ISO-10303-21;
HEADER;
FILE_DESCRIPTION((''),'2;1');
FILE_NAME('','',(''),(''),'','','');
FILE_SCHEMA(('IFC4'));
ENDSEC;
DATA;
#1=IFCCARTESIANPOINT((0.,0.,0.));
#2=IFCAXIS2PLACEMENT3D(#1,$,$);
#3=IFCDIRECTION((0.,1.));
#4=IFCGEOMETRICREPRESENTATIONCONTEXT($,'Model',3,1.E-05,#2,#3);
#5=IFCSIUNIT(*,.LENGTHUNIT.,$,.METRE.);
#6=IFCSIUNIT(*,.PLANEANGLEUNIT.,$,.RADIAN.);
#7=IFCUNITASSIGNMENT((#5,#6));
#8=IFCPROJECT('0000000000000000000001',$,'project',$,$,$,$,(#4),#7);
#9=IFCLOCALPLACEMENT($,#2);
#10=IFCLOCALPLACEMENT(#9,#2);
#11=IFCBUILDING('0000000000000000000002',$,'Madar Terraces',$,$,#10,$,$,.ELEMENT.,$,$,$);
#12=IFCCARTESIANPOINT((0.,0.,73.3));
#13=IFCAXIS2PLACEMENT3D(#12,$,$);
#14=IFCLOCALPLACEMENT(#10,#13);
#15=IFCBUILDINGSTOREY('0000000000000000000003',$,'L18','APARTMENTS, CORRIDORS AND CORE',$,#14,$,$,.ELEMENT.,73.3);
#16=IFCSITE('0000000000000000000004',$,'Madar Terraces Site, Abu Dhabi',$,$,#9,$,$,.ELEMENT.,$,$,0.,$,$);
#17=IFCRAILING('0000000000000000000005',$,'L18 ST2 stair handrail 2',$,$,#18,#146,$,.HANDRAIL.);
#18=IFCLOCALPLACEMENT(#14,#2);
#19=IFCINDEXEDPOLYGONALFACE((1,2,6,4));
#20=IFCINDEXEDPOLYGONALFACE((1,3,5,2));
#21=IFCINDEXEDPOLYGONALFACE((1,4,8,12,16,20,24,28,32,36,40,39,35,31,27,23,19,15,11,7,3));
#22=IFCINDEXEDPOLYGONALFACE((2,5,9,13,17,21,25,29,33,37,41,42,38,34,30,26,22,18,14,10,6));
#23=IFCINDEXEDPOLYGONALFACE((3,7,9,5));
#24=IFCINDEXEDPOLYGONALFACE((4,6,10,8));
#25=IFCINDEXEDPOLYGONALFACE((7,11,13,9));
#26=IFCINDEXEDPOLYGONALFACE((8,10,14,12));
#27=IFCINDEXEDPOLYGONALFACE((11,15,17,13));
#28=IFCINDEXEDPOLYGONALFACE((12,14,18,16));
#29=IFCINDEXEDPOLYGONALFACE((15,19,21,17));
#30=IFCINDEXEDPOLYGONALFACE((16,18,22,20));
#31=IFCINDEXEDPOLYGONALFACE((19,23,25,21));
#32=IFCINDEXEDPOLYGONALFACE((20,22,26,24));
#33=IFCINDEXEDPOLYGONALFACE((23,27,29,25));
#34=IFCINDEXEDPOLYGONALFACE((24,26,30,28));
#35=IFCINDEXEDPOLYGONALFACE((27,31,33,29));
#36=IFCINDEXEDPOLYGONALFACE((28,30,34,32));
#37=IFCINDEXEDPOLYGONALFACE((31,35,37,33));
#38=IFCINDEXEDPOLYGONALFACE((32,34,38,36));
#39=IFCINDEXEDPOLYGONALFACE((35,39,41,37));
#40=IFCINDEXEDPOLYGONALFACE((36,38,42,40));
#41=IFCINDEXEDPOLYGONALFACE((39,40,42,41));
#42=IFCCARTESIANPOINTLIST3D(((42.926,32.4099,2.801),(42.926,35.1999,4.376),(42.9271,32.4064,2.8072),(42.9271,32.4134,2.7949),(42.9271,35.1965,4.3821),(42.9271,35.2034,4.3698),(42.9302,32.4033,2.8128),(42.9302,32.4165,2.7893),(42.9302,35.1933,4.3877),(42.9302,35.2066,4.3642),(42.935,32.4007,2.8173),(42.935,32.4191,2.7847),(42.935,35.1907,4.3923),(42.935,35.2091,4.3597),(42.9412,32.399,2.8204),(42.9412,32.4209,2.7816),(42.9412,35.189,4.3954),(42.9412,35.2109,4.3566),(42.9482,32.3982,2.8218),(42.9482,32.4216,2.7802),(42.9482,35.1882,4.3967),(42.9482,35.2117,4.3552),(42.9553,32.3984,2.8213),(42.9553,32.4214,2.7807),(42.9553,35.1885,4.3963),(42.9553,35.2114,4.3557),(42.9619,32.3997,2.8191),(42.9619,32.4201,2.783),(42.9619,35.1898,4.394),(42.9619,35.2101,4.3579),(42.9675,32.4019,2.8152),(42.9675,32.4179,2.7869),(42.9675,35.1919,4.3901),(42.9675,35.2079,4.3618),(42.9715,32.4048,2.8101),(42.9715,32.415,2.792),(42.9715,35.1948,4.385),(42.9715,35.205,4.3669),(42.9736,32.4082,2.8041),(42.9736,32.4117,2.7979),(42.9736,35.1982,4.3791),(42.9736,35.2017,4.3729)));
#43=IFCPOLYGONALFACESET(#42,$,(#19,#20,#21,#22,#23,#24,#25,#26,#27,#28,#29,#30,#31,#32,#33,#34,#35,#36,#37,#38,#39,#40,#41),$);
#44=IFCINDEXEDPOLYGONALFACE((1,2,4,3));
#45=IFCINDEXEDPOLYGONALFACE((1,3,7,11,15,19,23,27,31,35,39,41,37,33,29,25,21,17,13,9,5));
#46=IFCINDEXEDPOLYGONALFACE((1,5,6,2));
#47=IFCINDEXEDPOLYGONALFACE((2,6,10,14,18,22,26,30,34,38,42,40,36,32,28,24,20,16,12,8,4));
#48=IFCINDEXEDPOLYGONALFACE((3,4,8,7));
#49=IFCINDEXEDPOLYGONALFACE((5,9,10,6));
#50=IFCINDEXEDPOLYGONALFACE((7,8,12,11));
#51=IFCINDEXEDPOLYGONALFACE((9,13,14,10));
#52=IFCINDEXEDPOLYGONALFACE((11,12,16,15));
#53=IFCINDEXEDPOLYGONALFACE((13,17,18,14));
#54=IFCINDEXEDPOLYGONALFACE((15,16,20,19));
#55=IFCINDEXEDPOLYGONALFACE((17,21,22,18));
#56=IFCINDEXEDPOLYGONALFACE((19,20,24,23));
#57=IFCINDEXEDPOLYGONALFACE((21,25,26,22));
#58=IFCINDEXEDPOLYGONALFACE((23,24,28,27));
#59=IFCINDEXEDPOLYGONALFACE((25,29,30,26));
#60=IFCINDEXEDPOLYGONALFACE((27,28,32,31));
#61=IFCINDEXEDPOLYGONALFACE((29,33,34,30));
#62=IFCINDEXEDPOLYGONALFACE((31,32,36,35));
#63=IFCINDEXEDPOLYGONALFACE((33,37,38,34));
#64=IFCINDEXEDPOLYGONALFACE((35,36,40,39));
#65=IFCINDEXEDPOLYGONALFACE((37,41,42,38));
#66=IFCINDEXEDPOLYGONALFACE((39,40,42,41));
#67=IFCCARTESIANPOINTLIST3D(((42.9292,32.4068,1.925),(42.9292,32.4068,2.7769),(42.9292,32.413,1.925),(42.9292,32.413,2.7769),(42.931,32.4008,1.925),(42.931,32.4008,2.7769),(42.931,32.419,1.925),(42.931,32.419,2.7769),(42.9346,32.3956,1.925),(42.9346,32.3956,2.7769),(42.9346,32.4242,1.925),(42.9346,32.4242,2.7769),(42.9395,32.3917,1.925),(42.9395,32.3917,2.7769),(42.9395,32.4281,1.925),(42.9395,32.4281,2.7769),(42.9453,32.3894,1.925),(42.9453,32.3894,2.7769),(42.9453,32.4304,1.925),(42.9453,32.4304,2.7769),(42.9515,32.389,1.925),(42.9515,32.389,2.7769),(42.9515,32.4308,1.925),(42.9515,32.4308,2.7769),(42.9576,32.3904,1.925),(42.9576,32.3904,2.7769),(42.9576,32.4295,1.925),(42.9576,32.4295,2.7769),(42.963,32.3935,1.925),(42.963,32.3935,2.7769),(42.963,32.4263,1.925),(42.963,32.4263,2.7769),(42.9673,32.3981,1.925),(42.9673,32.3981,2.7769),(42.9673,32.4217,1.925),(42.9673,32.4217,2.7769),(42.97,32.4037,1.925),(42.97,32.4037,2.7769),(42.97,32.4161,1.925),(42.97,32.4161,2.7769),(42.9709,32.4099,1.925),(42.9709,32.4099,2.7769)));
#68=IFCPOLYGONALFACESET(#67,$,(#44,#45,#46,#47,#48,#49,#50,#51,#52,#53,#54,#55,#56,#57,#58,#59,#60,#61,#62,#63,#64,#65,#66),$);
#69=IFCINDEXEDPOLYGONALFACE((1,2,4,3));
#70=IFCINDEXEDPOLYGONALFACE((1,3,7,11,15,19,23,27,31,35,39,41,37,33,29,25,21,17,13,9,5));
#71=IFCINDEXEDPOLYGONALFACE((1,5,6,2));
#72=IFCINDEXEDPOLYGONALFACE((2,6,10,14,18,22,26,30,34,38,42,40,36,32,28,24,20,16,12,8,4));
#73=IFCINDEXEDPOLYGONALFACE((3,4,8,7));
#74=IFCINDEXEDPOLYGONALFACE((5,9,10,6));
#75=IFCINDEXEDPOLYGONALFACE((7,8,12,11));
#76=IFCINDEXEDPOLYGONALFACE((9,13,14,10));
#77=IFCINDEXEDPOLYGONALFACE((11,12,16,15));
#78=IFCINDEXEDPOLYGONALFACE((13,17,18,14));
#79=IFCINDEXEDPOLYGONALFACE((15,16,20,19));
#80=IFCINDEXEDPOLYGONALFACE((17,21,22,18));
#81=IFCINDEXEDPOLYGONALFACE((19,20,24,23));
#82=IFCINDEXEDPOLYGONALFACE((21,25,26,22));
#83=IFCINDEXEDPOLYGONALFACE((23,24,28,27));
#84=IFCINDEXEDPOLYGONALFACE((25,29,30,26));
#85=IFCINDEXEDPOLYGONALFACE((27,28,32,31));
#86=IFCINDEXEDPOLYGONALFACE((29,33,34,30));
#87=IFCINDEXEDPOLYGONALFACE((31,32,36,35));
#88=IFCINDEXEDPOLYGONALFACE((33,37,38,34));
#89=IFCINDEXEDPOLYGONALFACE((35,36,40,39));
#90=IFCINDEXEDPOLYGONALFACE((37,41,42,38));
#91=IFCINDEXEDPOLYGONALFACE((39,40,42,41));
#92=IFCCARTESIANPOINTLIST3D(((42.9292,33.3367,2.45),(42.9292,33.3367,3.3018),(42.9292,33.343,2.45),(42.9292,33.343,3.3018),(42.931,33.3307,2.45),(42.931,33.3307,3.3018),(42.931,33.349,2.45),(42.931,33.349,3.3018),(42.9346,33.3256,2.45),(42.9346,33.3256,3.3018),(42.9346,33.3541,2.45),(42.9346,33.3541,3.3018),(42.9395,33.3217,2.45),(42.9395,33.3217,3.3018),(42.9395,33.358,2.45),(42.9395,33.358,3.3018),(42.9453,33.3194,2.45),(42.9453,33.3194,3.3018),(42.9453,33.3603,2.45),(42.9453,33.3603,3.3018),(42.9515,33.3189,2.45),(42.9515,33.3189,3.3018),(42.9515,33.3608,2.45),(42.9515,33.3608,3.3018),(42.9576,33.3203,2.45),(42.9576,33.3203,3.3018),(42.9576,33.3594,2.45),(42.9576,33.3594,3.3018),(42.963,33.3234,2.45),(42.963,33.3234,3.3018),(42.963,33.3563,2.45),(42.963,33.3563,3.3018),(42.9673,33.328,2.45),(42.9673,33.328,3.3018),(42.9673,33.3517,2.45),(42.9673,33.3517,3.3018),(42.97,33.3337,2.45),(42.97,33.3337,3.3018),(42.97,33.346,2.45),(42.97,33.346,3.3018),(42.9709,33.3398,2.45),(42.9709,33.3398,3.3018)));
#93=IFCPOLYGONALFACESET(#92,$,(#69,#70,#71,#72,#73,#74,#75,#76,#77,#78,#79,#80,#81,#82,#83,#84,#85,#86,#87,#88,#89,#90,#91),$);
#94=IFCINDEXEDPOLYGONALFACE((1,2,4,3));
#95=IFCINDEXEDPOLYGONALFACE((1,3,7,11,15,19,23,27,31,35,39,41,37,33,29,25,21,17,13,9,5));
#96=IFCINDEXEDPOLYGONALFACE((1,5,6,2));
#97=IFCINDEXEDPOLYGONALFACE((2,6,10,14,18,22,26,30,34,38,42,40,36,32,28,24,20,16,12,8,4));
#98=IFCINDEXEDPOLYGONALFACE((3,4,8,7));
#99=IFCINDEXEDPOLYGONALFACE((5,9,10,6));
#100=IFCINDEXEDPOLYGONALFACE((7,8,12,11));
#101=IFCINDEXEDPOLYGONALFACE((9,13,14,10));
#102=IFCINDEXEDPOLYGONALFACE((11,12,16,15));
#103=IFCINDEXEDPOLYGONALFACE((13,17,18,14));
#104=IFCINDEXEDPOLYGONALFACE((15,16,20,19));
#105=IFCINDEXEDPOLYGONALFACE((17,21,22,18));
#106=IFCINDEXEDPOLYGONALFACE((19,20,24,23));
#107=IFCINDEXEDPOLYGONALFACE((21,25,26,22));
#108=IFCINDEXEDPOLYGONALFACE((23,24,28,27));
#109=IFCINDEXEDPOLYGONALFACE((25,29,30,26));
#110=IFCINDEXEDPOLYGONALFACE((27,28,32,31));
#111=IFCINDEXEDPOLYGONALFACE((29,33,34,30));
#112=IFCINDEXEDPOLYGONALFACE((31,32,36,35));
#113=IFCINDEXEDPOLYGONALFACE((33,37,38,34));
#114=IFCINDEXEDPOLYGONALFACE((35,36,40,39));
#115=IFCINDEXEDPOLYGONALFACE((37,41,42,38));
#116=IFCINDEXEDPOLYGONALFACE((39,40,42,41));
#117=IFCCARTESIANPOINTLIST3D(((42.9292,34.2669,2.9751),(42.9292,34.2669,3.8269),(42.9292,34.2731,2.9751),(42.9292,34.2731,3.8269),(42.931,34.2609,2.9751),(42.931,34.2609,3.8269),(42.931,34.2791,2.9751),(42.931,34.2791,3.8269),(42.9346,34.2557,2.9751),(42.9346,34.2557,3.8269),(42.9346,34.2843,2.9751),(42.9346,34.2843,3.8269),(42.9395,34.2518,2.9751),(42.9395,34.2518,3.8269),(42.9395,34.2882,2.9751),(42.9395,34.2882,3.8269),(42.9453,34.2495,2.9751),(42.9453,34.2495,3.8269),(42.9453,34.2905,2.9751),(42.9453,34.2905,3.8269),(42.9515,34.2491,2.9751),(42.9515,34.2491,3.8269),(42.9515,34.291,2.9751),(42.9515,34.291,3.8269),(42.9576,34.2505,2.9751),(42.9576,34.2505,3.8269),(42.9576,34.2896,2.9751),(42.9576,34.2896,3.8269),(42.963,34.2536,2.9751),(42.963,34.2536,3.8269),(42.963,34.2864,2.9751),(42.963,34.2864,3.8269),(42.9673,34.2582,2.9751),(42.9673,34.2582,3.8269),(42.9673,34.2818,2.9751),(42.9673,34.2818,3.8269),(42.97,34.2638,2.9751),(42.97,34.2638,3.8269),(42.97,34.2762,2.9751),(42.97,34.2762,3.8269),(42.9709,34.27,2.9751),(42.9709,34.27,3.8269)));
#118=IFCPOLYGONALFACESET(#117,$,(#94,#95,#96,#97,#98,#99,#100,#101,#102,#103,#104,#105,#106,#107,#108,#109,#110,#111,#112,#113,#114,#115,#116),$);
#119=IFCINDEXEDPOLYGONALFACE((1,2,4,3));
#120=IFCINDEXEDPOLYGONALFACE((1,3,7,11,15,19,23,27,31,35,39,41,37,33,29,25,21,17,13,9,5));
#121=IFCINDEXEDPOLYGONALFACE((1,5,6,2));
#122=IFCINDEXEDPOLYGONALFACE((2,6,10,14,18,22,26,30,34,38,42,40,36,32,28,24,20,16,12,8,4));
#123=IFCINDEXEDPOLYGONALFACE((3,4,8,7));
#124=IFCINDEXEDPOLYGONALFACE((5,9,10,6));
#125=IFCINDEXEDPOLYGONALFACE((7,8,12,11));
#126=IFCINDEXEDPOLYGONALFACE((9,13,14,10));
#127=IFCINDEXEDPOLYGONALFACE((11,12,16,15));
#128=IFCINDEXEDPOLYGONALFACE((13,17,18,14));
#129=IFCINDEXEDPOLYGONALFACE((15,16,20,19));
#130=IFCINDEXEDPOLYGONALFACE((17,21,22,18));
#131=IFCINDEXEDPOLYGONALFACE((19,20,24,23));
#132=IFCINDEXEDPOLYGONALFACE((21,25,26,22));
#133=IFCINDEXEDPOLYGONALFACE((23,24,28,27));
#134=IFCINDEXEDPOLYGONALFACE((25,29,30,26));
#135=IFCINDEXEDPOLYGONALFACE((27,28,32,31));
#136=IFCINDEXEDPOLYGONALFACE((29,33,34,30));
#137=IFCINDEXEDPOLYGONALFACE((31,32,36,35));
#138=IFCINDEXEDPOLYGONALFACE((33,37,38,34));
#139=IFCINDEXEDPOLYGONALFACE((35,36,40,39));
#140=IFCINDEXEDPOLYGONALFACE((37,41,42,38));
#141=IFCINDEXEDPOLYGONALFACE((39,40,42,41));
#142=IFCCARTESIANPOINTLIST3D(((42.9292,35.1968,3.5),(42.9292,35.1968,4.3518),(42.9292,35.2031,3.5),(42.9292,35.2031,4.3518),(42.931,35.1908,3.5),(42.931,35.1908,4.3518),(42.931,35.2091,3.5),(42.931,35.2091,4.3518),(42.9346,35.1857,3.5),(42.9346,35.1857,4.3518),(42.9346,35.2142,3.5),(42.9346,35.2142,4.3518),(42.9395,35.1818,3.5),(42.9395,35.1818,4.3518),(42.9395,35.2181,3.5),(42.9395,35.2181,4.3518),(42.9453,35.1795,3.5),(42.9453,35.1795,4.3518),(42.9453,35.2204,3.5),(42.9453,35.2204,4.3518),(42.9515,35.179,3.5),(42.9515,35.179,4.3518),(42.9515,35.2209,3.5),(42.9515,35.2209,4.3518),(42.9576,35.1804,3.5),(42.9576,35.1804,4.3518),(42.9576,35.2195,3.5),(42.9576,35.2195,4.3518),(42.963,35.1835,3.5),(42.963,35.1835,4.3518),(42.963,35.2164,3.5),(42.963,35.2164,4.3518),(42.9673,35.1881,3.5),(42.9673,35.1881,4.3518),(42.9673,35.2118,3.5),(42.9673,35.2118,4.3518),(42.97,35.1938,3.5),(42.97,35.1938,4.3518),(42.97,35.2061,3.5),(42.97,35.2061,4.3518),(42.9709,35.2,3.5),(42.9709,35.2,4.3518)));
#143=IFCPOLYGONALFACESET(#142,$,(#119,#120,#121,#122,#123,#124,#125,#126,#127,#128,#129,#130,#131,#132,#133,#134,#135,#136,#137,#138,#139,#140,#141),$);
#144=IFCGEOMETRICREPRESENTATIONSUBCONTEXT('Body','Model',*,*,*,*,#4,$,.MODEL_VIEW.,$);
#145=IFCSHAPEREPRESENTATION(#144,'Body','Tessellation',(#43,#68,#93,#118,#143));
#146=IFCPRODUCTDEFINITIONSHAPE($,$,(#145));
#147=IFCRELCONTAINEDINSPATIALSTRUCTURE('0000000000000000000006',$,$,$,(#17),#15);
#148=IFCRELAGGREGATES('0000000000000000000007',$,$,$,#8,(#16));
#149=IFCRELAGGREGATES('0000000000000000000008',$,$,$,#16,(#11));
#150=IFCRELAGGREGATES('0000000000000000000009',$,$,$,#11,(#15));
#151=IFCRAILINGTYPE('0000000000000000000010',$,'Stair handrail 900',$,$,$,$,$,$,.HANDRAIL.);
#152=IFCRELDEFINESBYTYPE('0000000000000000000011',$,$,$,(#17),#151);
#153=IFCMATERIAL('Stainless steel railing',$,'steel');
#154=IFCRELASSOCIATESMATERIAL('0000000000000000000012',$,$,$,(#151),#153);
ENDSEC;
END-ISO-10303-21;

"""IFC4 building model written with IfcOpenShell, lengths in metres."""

from ifc_helpers import new_model, si_unit, direction, frame, origin, origin_2d, place, context, subcontext, project, spatial, circle, extrude, material, type_object, element, save


model = new_model("IFC4")

# Units and contexts
model_context = context("Model", 3, precision=1e-05, world=origin(), true_north=direction((0.0, 1.0)))
body_context = subcontext(model_context, "Body", "Model", "MODEL_VIEW")
ifc_project = project(units=[si_unit("LENGTHUNIT", "METRE"), si_unit("PLANEANGLEUNIT", "RADIAN")], contexts=[model_context])

# Site, building, storey
site_placement = place(None, origin())
site = spatial("IfcSite", under=ifc_project, at=site_placement, Name="Madar Terraces Site, Abu Dhabi", CompositionType="ELEMENT", RefElevation=0.0)
building_placement = place(site_placement, origin())
building = spatial("IfcBuilding", under=site, at=building_placement, Name="Madar Terraces", CompositionType="ELEMENT")
storey_placement = place(building_placement, frame((0.0, 0.0, 73.3)))
storey = spatial("IfcBuildingStorey", under=building, at=storey_placement, Name="L18", Description="APARTMENTS, CORRIDORS AND CORE", CompositionType="ELEMENT", Elevation=73.3)

# Railing
ifc_material_1 = material(Name="Stainless steel railing", Category="steel")
railing_type_1 = type_object("IfcRailingType", Name="Stair handrail 900", PredefinedType="HANDRAIL", material=ifc_material_1)
railing_1_placement = place(storey_placement, frame((42.95, 32.4099, 1.925)))
element("IfcRailing", 1, at=railing_1_placement, inside=storey, type_object=railing_type_1, Name="L18 ST2 stair handrail 2", PredefinedType="HANDRAIL", context=body_context, shape_type="SweptSolid", body=[
    extrude(circle(Radius=0.0239, at=origin_2d()), frame((0.0, 0.0, 0.876), z_axis=(0.0, 0.870834, 0.491578), x_axis=(-1.0, 0.0, 0.0)), (0.0, 0.0, 1.0), 3.2039),
    extrude(circle(Radius=0.021, at=origin_2d()), origin(), (0.0, 0.0, 1.0), 0.8518),
    extrude(circle(Radius=0.021, at=origin_2d()), frame((0.0, 0.9299, 0.5249)), (0.0, 0.0, 1.0), 0.8518),
    extrude(circle(Radius=0.021, at=origin_2d()), frame((0.0, 1.8601, 1.05)), (0.0, 0.0, 1.0), 0.8518),
    extrude(circle(Radius=0.021, at=origin_2d()), frame((0.0, 2.79, 1.575)), (0.0, 0.0, 1.0), 0.8518),
])

save(model, "model.ifc")
